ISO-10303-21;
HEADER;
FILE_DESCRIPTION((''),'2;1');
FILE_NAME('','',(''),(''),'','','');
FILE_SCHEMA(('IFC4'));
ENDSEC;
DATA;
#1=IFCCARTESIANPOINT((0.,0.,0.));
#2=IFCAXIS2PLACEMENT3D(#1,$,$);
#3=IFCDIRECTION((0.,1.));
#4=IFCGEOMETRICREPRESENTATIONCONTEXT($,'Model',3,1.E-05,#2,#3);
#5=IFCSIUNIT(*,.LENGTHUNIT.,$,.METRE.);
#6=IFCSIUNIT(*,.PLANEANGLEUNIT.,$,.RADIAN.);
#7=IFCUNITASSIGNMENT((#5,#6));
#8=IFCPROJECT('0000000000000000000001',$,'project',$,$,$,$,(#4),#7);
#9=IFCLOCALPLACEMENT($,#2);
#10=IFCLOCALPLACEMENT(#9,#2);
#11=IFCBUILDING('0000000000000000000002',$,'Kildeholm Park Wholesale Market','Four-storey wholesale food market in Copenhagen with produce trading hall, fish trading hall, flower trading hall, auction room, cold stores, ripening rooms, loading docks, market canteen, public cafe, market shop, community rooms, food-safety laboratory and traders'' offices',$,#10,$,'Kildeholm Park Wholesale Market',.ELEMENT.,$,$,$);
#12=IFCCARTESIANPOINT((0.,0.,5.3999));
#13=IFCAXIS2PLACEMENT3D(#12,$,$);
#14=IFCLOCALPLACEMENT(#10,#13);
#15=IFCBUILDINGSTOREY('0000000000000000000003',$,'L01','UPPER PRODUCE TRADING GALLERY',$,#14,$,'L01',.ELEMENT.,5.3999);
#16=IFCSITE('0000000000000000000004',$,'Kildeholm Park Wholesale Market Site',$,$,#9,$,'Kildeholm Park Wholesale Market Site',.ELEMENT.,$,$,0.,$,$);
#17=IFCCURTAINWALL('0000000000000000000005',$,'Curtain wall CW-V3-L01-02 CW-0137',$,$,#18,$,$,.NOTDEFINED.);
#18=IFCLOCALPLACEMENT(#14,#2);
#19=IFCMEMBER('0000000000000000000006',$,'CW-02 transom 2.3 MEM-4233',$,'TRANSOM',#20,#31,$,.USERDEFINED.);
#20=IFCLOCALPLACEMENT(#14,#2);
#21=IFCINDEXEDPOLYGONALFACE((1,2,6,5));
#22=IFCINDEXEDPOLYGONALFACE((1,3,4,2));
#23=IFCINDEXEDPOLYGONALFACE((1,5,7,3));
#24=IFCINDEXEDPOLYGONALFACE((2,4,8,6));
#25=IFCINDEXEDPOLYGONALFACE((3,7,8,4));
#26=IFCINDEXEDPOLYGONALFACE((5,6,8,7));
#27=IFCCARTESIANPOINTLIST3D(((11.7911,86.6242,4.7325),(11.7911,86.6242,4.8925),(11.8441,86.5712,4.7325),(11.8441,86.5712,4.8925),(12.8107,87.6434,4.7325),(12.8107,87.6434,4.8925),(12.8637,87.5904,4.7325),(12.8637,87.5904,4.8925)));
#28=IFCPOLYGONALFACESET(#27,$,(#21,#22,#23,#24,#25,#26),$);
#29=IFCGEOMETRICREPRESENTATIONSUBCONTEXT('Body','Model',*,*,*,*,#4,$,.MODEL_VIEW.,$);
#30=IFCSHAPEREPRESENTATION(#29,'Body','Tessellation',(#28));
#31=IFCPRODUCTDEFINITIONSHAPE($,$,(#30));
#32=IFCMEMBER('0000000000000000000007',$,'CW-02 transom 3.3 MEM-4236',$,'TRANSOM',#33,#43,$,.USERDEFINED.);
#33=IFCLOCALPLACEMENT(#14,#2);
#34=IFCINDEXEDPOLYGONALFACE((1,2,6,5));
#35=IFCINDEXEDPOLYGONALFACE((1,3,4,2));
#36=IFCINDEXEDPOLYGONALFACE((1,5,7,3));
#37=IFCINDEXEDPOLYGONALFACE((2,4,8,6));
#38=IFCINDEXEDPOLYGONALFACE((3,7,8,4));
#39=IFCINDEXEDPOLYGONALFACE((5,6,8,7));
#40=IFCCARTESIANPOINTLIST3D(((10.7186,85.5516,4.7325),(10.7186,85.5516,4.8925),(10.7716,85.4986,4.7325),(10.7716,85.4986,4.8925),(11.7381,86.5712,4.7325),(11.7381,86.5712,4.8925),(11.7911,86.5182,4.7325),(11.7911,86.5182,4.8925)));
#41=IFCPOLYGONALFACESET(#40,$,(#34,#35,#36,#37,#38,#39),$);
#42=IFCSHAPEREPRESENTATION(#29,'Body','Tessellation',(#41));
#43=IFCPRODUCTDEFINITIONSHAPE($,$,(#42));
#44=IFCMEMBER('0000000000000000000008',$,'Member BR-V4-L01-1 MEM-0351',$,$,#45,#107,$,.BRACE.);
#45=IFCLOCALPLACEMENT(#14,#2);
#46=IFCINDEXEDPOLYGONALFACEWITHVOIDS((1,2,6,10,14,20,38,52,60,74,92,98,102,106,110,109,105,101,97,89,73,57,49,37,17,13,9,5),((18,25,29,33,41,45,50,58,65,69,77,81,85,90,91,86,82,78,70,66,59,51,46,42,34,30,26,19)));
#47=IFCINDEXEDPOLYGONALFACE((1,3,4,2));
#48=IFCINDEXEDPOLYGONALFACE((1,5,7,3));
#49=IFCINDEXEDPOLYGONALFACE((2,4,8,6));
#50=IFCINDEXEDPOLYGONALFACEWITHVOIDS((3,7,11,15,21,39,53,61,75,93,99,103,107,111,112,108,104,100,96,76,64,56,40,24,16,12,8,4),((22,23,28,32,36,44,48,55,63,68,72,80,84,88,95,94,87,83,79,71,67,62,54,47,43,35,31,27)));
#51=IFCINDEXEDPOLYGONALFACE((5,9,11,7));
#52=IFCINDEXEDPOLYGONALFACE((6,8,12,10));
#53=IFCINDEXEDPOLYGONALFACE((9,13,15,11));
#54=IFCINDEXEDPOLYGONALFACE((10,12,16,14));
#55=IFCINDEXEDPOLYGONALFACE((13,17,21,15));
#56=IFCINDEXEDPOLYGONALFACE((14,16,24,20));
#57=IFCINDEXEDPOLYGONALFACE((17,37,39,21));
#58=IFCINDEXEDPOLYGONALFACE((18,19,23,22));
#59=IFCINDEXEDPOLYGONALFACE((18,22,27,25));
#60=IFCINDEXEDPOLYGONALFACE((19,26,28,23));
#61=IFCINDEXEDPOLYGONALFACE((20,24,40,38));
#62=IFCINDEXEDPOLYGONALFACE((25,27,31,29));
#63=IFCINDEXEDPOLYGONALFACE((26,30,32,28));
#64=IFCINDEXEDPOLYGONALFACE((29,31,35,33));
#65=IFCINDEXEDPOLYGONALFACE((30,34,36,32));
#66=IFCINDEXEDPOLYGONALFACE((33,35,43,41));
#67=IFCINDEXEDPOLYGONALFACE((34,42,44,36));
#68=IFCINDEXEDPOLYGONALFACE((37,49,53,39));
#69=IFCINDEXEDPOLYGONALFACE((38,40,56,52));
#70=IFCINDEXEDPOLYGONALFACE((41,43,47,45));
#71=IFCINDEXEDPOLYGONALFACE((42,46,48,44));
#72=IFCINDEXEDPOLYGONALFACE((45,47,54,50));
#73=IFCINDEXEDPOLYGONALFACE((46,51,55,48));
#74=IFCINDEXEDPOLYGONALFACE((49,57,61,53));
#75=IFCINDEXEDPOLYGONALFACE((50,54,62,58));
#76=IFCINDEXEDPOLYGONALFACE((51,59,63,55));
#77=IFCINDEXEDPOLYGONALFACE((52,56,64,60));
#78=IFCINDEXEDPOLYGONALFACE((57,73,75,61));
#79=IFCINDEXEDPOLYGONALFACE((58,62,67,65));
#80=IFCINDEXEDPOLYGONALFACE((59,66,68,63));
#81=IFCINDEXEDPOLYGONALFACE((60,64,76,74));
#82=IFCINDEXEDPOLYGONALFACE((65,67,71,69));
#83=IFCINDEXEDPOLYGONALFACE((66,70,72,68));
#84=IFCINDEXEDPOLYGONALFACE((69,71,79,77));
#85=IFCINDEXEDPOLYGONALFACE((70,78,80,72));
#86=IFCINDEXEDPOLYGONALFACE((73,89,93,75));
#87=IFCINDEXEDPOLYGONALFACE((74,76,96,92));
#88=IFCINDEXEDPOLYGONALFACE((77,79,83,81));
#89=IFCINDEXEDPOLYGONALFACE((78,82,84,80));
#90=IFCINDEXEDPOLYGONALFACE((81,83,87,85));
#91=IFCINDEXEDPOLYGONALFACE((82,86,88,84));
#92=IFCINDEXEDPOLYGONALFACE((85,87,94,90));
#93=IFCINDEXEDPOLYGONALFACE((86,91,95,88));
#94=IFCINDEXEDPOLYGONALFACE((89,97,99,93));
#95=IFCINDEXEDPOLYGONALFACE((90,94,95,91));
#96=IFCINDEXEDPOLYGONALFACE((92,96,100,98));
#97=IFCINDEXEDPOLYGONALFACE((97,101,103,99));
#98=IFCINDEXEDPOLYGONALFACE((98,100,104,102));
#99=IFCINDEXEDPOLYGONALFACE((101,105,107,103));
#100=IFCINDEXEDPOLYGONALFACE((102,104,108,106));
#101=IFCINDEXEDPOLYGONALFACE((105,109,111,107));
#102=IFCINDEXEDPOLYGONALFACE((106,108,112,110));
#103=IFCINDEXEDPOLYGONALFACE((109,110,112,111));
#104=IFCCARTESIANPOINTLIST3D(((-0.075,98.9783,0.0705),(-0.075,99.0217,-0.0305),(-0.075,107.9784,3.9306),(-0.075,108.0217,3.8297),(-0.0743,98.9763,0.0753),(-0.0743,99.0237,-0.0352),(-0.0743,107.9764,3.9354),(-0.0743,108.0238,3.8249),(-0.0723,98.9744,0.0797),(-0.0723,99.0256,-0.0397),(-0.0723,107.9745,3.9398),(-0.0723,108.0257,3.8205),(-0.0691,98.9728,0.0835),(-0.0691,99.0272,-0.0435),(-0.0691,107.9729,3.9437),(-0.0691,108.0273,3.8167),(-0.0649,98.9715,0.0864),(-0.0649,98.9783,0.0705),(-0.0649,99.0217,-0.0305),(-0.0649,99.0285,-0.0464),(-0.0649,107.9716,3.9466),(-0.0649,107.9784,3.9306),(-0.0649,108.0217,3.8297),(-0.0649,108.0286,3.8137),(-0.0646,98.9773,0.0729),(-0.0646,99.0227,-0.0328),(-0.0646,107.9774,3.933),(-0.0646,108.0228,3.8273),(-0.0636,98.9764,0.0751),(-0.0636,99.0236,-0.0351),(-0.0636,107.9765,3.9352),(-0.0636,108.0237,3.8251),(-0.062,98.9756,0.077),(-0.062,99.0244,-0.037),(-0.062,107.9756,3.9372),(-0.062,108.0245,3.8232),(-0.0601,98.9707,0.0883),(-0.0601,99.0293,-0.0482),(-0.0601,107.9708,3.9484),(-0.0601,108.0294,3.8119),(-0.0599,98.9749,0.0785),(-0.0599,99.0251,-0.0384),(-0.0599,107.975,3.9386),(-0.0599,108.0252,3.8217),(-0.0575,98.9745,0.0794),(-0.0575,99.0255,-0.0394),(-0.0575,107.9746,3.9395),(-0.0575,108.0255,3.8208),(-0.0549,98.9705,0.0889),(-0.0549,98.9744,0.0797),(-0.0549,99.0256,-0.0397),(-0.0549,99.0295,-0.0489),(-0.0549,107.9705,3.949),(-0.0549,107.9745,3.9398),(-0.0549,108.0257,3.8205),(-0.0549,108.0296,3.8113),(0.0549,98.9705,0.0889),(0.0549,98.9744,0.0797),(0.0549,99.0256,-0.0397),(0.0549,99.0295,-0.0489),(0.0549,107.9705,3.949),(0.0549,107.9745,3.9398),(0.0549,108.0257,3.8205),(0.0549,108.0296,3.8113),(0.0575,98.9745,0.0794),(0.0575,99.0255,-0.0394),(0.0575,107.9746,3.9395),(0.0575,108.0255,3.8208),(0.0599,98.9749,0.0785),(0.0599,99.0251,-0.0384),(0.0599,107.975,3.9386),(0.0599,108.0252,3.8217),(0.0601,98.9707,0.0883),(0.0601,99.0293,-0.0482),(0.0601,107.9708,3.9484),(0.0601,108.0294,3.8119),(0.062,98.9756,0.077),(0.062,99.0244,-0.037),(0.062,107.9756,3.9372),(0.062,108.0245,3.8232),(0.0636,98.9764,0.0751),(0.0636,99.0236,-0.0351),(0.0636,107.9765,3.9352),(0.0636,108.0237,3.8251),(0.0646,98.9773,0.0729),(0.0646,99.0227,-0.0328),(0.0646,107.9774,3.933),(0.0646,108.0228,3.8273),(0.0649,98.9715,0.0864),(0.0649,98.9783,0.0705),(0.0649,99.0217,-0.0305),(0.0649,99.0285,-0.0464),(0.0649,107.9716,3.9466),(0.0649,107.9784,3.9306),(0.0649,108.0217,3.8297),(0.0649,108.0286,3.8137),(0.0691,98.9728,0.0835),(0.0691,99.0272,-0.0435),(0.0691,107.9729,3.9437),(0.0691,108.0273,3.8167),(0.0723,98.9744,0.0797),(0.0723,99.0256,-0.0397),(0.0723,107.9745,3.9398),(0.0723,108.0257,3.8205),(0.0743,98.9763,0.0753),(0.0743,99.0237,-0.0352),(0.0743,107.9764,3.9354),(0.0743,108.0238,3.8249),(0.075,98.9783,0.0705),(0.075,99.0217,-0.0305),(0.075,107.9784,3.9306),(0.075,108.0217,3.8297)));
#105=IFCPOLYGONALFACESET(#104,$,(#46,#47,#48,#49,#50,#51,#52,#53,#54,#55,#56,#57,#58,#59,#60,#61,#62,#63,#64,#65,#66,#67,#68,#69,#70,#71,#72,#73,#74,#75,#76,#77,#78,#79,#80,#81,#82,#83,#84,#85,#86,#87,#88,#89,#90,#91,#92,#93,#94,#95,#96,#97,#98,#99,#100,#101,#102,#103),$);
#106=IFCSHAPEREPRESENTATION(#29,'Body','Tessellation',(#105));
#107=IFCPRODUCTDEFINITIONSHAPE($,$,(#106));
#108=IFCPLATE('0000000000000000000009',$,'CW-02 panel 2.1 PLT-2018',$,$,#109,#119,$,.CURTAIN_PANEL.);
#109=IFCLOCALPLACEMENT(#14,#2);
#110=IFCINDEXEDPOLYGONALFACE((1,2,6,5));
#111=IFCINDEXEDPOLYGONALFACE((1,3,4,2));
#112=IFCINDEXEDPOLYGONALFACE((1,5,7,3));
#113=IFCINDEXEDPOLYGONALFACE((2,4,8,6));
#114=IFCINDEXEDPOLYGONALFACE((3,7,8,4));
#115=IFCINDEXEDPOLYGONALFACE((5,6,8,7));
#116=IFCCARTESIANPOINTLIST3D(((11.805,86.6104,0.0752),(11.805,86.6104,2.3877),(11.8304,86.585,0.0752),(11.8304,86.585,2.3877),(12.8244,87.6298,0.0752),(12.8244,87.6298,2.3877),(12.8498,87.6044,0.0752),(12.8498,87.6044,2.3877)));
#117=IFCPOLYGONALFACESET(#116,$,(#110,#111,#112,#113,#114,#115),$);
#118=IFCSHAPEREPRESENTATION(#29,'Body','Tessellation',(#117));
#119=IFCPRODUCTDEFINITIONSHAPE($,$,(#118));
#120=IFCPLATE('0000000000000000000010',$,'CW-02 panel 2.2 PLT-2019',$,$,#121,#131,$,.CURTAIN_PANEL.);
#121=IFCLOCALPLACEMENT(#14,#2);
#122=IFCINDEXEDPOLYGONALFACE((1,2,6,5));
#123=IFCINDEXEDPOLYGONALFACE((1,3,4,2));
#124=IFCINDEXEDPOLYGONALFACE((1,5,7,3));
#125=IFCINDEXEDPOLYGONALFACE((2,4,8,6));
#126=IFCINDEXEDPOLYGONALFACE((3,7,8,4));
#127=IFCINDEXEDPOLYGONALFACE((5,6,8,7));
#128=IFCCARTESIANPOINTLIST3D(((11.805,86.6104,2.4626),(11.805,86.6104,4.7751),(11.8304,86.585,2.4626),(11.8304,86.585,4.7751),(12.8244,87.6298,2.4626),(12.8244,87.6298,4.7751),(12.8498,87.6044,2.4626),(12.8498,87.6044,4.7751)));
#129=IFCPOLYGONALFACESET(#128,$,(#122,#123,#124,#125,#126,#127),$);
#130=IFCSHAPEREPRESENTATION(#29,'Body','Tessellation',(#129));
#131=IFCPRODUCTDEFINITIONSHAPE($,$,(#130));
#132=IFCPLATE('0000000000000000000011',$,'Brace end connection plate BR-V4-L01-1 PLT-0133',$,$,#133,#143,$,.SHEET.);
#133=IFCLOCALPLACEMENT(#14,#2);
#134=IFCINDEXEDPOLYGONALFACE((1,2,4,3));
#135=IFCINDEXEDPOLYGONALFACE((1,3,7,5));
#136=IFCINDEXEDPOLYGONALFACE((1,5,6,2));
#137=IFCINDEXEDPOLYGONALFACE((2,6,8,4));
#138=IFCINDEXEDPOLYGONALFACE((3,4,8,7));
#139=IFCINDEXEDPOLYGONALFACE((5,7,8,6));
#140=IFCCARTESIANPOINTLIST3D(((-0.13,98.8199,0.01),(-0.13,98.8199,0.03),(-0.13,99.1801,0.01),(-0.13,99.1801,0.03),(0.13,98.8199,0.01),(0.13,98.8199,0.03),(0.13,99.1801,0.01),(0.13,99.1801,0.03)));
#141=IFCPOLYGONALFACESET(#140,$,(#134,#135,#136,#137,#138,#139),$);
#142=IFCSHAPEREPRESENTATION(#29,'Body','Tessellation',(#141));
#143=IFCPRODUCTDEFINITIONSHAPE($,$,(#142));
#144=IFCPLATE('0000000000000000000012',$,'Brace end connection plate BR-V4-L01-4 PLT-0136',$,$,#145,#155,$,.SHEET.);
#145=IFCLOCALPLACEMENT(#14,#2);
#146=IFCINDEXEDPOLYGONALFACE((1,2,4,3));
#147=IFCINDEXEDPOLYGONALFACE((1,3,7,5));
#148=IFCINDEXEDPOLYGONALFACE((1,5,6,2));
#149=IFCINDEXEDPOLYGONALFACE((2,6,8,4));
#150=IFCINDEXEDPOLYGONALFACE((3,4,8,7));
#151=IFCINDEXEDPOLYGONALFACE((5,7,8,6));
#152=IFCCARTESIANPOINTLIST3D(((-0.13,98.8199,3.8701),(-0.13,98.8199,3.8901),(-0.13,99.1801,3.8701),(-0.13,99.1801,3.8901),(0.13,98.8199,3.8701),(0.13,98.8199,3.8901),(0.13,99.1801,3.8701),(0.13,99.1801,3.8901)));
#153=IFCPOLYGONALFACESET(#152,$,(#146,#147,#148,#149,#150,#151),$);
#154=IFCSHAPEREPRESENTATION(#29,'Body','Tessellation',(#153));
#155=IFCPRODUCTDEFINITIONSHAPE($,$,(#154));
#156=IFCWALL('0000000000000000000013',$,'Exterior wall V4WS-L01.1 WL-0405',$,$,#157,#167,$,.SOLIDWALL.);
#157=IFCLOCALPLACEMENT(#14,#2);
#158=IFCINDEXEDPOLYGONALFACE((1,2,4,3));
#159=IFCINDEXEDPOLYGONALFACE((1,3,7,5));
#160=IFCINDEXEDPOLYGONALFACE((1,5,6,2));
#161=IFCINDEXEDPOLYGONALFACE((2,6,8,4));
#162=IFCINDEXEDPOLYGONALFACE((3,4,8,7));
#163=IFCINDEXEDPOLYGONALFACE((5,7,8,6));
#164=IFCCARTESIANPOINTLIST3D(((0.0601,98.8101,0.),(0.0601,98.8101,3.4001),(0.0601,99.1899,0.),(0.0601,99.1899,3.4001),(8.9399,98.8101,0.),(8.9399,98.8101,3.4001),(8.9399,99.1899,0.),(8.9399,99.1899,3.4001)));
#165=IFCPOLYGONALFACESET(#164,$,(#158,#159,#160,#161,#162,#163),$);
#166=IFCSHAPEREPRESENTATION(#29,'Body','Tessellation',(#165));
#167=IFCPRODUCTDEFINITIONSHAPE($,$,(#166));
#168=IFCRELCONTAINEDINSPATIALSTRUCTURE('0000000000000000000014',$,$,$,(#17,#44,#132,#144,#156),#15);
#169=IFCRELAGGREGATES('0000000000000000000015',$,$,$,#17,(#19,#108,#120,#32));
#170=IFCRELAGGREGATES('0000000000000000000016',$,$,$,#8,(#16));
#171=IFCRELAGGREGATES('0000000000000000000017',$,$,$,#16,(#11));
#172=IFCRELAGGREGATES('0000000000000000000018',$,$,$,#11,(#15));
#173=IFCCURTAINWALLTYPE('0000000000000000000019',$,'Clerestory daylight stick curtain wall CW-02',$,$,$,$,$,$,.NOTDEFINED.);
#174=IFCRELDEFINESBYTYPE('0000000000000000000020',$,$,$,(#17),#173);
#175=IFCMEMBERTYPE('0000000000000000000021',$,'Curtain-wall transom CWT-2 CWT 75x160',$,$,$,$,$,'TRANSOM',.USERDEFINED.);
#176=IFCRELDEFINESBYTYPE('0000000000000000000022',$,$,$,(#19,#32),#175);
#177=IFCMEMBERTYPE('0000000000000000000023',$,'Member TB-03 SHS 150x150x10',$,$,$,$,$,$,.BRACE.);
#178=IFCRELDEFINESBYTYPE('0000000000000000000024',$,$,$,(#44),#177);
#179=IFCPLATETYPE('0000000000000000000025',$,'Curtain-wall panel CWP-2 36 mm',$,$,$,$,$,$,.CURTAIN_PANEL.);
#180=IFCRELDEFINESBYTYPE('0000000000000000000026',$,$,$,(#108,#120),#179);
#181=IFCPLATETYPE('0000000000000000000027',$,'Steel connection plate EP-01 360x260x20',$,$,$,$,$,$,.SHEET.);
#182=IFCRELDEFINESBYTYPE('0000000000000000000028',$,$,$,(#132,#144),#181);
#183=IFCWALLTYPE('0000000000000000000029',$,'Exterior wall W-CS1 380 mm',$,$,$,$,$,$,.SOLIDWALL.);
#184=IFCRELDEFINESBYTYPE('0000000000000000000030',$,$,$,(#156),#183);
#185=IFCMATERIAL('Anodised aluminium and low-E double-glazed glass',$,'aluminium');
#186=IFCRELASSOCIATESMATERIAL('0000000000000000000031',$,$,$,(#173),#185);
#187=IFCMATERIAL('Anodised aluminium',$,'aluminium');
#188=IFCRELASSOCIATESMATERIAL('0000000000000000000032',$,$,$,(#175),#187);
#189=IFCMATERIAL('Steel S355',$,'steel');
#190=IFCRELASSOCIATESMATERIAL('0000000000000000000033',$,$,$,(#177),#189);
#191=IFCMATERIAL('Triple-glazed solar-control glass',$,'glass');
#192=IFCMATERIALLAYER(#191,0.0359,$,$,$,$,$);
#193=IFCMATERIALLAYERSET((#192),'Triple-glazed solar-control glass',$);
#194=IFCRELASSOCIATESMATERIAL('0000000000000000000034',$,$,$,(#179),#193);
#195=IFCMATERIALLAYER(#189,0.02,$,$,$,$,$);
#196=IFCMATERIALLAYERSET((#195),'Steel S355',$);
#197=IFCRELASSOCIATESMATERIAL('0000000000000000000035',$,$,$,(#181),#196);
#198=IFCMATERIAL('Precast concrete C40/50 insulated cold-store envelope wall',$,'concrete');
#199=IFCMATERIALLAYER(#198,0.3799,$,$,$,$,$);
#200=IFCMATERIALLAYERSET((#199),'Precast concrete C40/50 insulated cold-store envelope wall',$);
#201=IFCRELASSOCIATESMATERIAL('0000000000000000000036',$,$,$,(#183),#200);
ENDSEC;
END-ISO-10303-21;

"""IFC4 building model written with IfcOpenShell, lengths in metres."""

from ifc_helpers import new_model, si_unit, direction, frame, frame_2d, origin, origin_2d, place, context, subcontext, project, spatial, rectangle, hollow_rectangle, extrude, material, layer, layer_set, material_profile, profile_set, type_object, element, aggregate, save


model = new_model("IFC4")

# Units and contexts
model_context = context("Model", 3, precision=1e-05, world=origin(), true_north=direction((0.0, 1.0)))
body_context = subcontext(model_context, "Body", "Model", "MODEL_VIEW")
ifc_project = project(units=[si_unit("LENGTHUNIT", "METRE"), si_unit("PLANEANGLEUNIT", "RADIAN")], contexts=[model_context])

# Site, building, storey
site_placement = place(None, origin())
site = spatial("IfcSite", under=ifc_project, at=site_placement, Name="Kildeholm Park Wholesale Market Site", LongName="Kildeholm Park Wholesale Market Site", CompositionType="ELEMENT", RefElevation=0.0)
building_placement = place(site_placement, origin())
building = spatial("IfcBuilding", under=site, at=building_placement, Name="Kildeholm Park Wholesale Market", Description="Four-storey wholesale food market in Copenhagen with produce trading hall, fish trading hall, flower trading hall, auction room, cold stores, ripening rooms, loading docks, market canteen, public cafe, market shop, community rooms, food-safety laboratory and traders' offices", LongName="Kildeholm Park Wholesale Market", CompositionType="ELEMENT")
storey_placement = place(building_placement, frame((0.0, 0.0, 5.3999)))
storey = spatial("IfcBuildingStorey", under=building, at=storey_placement, Name="L01", Description="UPPER PRODUCE TRADING GALLERY", LongName="L01", CompositionType="ELEMENT", Elevation=5.3999)

# Shared definitions
ifc_material_1 = material(Name="Steel S355", Category="steel")

# Curtain wall, members
ifc_material_2 = material(Name="Anodised aluminium and low-E double-glazed glass", Category="aluminium")
curtain_wall_type = type_object("IfcCurtainWallType", Name="Clerestory daylight stick curtain wall CW-02", PredefinedType="NOTDEFINED", material=ifc_material_2)
curtain_wall_placement = place(storey_placement, origin())
curtain_wall = element("IfcCurtainWall", 1, at=curtain_wall_placement, inside=storey, type_object=curtain_wall_type, Name="Curtain wall CW-V3-L01-02 CW-0137", PredefinedType="NOTDEFINED")
ifc_material_3 = material(Name="Anodised aluminium", Category="aluminium")
ifc_material_profile_1 = material_profile(ifc_material_3, rectangle(XDim=0.075, YDim=0.1599, at=origin_2d()), Name="CWT 75x160")
ifc_profile_set_1 = profile_set([ifc_material_profile_1], Name="Anodised aluminium")
member_type_1 = type_object("IfcMemberType", Name="Curtain-wall transom CWT-2 CWT 75x160", ElementType="TRANSOM", PredefinedType="USERDEFINED", material=ifc_profile_set_1)
member_1_placement = place(storey_placement, frame((12.8372, 87.6169, 4.8125), z_axis=(-0.707191, -0.707022, 0.0), x_axis=(0.707022, -0.707191, 0.0)))
member_1 = element("IfcMember", 2, at=member_1_placement, type_object=member_type_1, Name="CW-02 transom 2.3 MEM-4233", ObjectType="TRANSOM", PredefinedType="USERDEFINED", context=body_context, shape_type="SweptSolid", body=[
    extrude(rectangle(XDim=0.075, YDim=0.1599, at=origin_2d()), origin(), (0.0, 0.0, 1.0), 1.4417),
])
member_2_placement = place(storey_placement, frame((11.7646, 86.5447, 4.8125), z_axis=(-0.707107, -0.707107, 0.0), x_axis=(0.707107, -0.707107, 0.0)))
member_2 = element("IfcMember", 3, at=member_2_placement, type_object=member_type_1, Name="CW-02 transom 3.3 MEM-4236", ObjectType="TRANSOM", PredefinedType="USERDEFINED", context=body_context, shape_type="SweptSolid", body=[
    extrude(rectangle(XDim=0.075, YDim=0.1599, at=origin_2d()), origin(), (0.0, 0.0, 1.0), 1.4419),
])

# Member
ifc_material_profile_2 = material_profile(ifc_material_1, hollow_rectangle(XDim=0.1499, YDim=0.1499, WallThickness=0.01, InnerFilletRadius=0.01, OuterFilletRadius=0.02, at=origin_2d()), Name="SHS 150x150x10")
ifc_profile_set_2 = profile_set([ifc_material_profile_2], Name="Steel S355")
member_type_2 = type_object("IfcMemberType", Name="Member TB-03 SHS 150x150x10", PredefinedType="BRACE", material=ifc_profile_set_2)
member_3_placement = place(storey_placement, frame((0.0, 99.0, 0.02), z_axis=(0.0, 0.919035, 0.394175), x_axis=(-1.0, 0.0, 0.0)))
element("IfcMember", 4, at=member_3_placement, inside=storey, type_object=member_type_2, Name="Member BR-V4-L01-1 MEM-0351", PredefinedType="BRACE", context=body_context, shape_type="SweptSolid", body=[
    extrude(hollow_rectangle(XDim=0.1499, YDim=0.1499, WallThickness=0.01, InnerFilletRadius=0.01, OuterFilletRadius=0.02, at=origin_2d()), origin(), (0.0, 0.0, 1.0), 9.793),
])

# Plates
ifc_material_4 = material(Name="Triple-glazed solar-control glass", Category="glass")
ifc_layer_1 = layer(ifc_material_4, 0.0359)
ifc_layer_set_1 = layer_set([ifc_layer_1], Name="Triple-glazed solar-control glass")
plate_type_1 = type_object("IfcPlateType", Name="Curtain-wall panel CWP-2 36 mm", PredefinedType="CURTAIN_PANEL", material=ifc_layer_set_1)
plate_1_placement = place(storey_placement, frame((12.3274, 87.1074, 0.0752), z_axis=(0.0, 0.0, 1.0), x_axis=(-0.707107, -0.707107, 0.0)))
plate_1 = element("IfcPlate", 5, at=plate_1_placement, type_object=plate_type_1, Name="CW-02 panel 2.1 PLT-2018", PredefinedType="CURTAIN_PANEL", context=body_context, shape_type="SweptSolid", body=[
    extrude(rectangle(XDim=1.4417, YDim=0.0359, at=origin_2d()), origin(), (0.0, 0.0, 1.0), 2.3125),
])
plate_2_placement = place(storey_placement, frame((12.3274, 87.1074, 2.4626), z_axis=(0.0, 0.0, 1.0), x_axis=(-0.707107, -0.707107, 0.0)))
plate_2 = element("IfcPlate", 6, at=plate_2_placement, type_object=plate_type_1, Name="CW-02 panel 2.2 PLT-2019", PredefinedType="CURTAIN_PANEL", context=body_context, shape_type="SweptSolid", body=[
    extrude(rectangle(XDim=1.4417, YDim=0.0359, at=origin_2d()), origin(), (0.0, 0.0, 1.0), 2.3125),
])
aggregate(curtain_wall, [member_1, plate_1, plate_2, member_2])

# Plates
ifc_layer_2 = layer(ifc_material_1, 0.02)
ifc_layer_set_2 = layer_set([ifc_layer_2], Name="Steel S355")
plate_type_2 = type_object("IfcPlateType", Name="Steel connection plate EP-01 360x260x20", PredefinedType="SHEET", material=ifc_layer_set_2)
for number, where, z_axis, x_axis, name in (
    (7, (0.0, 99.0, 0.01), (0.0, 0.0, 1.0), (0.0, 1.0, 0.0), "Brace end connection plate BR-V4-L01-1 PLT-0133"),
    (8, (0.0, 99.0, 3.8701), (0.0, 0.0, 1.0), (0.0, 1.0, 0.0), "Brace end connection plate BR-V4-L01-4 PLT-0136"),
):
    element("IfcPlate", number, at=place(storey_placement, frame(where, z_axis=z_axis, x_axis=x_axis)), inside=storey, type_object=plate_type_2, Name=name, PredefinedType="SHEET", context=body_context, shape_type="SweptSolid", body=[
        extrude(rectangle(XDim=0.3601, YDim=0.26, at=origin_2d()), origin(), (0.0, 0.0, 1.0), 0.02),
    ])

# Wall
ifc_material_5 = material(Name="Precast concrete C40/50 insulated cold-store envelope wall", Category="concrete")
ifc_layer_3 = layer(ifc_material_5, 0.3799)
ifc_layer_set_3 = layer_set([ifc_layer_3], Name="Precast concrete C40/50 insulated cold-store envelope wall")
wall_type_1 = type_object("IfcWallType", Name="Exterior wall W-CS1 380 mm", PredefinedType="SOLIDWALL", material=ifc_layer_set_3)
wall_1_placement = place(storey_placement, frame((0.0601, 99.0, 0.0), z_axis=(0.0, 0.0, 1.0), x_axis=(1.0, 0.0, 0.0)))
element("IfcWall", 9, at=wall_1_placement, inside=storey, type_object=wall_type_1, Name="Exterior wall V4WS-L01.1 WL-0405", PredefinedType="SOLIDWALL", context=body_context, shape_type="SweptSolid", body=[
    extrude(rectangle(XDim=8.8799, YDim=0.3799, at=frame_2d((4.4399, 0.0))), origin(), (0.0, 0.0, 1.0), 3.4001),
])

save(model, "model.ifc")
